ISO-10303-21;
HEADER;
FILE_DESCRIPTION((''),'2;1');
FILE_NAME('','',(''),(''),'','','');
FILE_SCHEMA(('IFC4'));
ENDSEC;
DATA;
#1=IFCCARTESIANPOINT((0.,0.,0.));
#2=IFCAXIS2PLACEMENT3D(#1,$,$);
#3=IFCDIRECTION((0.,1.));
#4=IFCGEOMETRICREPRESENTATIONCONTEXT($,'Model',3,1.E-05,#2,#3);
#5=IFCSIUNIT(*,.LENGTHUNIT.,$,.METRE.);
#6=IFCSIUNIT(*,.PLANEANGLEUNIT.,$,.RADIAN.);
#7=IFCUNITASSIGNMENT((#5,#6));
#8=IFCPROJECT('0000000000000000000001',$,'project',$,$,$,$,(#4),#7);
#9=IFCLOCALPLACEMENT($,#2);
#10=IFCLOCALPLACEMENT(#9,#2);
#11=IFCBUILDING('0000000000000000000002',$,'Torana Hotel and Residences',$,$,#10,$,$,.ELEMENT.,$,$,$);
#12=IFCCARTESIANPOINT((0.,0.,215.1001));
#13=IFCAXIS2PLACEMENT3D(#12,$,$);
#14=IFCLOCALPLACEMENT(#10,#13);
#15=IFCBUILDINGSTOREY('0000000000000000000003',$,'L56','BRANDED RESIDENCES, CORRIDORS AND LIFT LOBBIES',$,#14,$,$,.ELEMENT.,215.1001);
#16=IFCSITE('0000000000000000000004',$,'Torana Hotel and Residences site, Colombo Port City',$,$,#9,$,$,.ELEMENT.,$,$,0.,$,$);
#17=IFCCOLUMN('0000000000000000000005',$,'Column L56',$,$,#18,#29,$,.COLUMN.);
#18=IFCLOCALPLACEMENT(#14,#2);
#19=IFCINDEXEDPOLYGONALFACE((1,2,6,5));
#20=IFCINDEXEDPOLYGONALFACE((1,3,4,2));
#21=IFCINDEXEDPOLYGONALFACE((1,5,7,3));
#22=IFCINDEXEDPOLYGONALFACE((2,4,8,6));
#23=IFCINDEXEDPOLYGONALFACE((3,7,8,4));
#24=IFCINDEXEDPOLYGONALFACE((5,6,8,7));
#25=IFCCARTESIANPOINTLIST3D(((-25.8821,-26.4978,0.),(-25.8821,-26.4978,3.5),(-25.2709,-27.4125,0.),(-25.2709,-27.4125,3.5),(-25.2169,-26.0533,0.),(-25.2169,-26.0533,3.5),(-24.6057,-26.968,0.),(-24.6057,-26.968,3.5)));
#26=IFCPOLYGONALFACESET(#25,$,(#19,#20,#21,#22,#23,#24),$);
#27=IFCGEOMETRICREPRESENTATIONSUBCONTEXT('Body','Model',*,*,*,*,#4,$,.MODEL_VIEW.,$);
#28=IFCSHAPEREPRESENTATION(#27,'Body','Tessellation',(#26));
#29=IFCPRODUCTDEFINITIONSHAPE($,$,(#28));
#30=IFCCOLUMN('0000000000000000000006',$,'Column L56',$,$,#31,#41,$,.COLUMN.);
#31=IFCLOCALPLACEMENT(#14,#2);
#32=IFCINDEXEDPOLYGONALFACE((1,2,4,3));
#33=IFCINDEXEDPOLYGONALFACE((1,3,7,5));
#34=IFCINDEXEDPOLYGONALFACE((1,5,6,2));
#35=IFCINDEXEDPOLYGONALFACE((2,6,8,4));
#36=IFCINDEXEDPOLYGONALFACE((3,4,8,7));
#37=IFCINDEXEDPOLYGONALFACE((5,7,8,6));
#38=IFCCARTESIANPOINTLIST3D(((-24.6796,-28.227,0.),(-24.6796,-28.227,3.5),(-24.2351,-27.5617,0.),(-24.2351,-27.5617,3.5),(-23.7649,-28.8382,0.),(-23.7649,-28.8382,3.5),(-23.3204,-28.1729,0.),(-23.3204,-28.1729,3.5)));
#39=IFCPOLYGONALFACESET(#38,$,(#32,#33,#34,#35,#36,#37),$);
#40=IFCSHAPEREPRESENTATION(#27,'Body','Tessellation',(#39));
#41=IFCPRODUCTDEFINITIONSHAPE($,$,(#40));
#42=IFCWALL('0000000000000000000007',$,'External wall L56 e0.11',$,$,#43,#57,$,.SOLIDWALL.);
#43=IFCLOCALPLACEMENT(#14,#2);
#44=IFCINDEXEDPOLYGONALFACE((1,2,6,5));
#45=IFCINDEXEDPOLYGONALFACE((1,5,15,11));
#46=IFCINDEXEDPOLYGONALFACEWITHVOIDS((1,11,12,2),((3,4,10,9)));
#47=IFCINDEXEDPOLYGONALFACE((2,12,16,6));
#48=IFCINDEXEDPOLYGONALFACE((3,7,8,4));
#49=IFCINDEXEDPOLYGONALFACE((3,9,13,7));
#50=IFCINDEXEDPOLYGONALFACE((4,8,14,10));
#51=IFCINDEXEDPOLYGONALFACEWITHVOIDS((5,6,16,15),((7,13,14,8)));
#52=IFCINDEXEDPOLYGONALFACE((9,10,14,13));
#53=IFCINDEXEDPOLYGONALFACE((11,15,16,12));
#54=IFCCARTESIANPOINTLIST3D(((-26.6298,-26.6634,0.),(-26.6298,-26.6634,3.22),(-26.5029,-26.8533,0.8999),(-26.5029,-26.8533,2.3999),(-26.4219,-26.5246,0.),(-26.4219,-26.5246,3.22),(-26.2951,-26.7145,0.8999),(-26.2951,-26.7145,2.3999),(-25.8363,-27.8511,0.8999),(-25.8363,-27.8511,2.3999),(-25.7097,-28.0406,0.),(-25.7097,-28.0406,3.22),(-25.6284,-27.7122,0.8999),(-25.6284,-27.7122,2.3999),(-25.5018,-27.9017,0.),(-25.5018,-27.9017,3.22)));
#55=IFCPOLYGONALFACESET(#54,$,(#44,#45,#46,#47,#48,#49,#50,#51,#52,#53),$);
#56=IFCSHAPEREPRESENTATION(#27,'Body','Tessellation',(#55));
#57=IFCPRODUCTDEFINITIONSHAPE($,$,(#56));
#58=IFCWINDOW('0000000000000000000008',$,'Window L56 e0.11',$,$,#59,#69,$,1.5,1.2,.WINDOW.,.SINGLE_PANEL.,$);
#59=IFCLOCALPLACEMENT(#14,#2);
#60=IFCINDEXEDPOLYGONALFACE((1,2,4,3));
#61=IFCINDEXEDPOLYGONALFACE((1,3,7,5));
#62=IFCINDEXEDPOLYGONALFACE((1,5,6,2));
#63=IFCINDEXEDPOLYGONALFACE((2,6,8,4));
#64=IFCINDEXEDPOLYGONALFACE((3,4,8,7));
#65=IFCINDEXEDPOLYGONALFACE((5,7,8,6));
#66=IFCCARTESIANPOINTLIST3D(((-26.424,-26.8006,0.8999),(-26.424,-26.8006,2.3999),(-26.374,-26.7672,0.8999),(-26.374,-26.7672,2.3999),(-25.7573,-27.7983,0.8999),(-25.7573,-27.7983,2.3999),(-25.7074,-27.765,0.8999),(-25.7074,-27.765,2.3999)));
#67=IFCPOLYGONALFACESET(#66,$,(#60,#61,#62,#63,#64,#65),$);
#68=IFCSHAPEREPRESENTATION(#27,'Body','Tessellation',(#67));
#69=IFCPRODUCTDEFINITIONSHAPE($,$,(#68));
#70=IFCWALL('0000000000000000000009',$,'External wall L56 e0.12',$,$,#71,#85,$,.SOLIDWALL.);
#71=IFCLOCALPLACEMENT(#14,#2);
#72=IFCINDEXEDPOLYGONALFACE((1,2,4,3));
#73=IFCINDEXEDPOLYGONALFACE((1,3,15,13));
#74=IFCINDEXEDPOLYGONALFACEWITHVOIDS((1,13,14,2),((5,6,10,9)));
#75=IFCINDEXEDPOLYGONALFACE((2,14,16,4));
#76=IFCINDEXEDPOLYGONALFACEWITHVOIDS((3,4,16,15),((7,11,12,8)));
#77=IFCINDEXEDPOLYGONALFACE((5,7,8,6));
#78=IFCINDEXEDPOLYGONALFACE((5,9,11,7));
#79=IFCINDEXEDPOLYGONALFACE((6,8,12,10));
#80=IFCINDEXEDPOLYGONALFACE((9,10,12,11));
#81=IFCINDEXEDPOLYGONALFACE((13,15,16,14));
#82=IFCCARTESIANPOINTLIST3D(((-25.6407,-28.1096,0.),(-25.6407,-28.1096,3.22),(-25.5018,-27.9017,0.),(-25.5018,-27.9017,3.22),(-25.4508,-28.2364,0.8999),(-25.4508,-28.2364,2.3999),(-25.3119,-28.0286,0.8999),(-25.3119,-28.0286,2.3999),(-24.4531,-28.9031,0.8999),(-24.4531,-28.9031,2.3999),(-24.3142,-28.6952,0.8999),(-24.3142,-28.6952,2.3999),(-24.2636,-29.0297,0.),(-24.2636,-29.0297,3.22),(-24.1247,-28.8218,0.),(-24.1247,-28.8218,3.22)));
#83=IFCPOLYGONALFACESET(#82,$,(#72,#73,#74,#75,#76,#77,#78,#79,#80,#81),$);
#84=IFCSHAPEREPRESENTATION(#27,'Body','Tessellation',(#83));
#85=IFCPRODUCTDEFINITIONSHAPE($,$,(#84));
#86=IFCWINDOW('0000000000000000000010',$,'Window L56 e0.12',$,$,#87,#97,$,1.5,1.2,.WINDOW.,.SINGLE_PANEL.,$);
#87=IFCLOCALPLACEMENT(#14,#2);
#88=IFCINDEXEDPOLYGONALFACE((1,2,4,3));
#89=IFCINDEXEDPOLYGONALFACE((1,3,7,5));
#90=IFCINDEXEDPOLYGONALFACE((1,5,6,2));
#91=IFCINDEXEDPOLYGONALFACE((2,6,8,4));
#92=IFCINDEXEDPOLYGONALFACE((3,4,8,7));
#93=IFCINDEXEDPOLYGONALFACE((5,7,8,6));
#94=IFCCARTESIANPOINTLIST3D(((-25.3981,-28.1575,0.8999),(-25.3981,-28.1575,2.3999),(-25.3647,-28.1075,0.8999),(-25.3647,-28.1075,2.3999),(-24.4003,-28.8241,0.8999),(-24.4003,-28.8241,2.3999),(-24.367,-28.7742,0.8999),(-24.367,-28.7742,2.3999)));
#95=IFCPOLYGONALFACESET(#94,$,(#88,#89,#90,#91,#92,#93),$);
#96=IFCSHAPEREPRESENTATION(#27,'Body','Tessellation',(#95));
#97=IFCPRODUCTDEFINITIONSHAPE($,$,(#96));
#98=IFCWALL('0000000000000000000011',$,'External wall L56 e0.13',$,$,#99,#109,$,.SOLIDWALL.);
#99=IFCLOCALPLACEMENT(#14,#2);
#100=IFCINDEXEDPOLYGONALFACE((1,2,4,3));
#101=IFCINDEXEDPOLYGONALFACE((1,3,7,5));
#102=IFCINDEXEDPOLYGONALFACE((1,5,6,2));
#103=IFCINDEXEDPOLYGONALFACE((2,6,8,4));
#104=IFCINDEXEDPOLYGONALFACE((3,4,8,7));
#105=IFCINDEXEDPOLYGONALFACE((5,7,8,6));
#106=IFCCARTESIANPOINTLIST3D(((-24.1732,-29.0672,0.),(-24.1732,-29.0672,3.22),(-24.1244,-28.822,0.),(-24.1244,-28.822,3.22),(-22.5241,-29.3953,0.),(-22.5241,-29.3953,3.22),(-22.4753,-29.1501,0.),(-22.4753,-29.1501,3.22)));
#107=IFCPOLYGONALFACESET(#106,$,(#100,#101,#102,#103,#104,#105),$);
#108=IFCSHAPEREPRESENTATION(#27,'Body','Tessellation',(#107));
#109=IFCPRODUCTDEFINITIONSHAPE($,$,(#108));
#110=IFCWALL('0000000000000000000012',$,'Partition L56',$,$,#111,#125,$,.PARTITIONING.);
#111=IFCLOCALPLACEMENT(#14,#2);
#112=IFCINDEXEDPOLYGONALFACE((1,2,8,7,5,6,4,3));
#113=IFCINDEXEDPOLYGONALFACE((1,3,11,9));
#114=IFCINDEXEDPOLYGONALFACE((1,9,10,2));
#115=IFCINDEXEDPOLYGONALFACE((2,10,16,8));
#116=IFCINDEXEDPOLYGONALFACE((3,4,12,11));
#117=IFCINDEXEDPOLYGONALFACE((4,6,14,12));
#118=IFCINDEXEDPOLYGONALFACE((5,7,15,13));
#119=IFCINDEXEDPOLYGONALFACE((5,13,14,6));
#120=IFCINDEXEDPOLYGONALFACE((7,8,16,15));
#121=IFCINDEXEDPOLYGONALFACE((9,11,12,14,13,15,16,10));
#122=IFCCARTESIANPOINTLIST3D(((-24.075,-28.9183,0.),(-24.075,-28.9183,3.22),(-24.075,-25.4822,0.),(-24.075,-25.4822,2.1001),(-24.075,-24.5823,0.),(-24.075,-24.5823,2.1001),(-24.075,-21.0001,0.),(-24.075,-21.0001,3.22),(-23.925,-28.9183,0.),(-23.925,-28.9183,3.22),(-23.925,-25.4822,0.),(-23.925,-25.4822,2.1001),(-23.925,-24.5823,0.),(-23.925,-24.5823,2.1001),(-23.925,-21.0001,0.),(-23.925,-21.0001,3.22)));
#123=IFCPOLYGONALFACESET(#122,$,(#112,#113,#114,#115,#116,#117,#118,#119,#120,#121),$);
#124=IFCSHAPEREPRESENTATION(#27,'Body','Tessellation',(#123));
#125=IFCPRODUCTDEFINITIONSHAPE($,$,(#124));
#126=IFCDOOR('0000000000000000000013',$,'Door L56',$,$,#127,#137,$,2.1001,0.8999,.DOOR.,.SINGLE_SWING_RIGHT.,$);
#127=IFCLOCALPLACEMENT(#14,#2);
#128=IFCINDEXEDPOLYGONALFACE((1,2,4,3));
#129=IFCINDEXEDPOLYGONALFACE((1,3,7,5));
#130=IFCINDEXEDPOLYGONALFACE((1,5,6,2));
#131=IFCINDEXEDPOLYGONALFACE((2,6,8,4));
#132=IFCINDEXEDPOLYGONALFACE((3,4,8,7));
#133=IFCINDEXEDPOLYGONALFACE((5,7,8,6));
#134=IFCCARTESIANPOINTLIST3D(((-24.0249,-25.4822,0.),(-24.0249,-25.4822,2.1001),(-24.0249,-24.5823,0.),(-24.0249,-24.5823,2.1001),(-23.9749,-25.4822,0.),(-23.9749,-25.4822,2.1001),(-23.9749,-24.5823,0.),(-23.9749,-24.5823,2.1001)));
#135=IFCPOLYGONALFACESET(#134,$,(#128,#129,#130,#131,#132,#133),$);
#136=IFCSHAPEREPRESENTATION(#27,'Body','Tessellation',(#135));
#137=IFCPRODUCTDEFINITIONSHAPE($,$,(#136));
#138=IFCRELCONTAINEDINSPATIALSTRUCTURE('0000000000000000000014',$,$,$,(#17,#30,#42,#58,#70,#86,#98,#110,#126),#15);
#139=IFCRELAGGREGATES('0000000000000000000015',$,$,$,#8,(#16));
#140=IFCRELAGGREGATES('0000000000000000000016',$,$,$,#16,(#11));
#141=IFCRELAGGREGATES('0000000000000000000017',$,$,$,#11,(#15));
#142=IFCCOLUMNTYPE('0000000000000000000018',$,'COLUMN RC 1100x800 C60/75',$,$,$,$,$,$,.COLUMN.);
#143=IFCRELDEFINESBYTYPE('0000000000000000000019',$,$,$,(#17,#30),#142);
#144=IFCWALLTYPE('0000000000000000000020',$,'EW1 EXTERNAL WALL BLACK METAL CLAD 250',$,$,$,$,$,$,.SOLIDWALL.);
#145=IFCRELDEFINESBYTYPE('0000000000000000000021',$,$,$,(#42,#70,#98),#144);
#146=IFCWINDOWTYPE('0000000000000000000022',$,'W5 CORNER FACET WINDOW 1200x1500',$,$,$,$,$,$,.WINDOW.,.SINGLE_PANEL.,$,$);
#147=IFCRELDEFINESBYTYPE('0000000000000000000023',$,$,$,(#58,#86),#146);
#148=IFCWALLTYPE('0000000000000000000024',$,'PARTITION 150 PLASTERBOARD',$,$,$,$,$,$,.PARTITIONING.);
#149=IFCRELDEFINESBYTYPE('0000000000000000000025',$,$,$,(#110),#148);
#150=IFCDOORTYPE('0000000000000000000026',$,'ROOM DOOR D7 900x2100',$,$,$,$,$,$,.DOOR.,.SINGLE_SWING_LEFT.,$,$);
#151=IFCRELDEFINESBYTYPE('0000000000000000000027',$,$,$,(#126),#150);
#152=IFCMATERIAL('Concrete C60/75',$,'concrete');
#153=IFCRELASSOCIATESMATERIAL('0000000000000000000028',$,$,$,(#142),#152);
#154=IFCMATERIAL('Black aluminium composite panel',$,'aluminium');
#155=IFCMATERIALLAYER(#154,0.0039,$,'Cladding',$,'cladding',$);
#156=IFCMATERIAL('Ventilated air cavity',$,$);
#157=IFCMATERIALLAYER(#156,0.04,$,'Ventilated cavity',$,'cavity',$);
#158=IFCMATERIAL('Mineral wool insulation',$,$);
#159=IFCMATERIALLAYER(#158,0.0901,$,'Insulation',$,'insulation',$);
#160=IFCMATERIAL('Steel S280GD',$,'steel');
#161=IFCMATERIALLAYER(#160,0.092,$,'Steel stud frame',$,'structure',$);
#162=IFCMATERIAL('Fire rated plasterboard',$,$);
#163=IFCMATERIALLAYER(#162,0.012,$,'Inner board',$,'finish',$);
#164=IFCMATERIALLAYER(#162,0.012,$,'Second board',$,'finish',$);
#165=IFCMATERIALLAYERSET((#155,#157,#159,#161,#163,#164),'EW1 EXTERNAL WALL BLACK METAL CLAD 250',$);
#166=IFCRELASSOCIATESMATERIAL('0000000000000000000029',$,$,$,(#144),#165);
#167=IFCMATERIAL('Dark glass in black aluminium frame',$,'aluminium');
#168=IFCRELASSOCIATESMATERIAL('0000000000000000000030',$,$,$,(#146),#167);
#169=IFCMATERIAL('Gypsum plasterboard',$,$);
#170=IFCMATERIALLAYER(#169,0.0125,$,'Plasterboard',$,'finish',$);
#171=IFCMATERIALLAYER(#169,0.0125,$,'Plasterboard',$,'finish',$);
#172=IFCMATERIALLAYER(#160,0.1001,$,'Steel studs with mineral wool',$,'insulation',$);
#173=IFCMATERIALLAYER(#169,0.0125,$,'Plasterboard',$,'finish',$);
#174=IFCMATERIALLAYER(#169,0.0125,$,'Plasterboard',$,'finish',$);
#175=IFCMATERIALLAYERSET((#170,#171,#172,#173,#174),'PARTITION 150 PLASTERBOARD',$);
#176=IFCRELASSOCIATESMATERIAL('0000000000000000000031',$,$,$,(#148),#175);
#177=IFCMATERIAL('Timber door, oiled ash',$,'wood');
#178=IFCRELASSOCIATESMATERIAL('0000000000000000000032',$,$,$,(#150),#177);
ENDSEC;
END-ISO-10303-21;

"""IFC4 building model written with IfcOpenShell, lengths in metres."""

from ifc_helpers import new_model, si_unit, direction, frame, frame_2d, origin, origin_2d, place, context, subcontext, project, spatial, rectangle, extrude, material, layer, layer_set, material_profile, profile_set, type_object, element, fill, save


model = new_model("IFC4")

# Units and contexts
model_context = context("Model", 3, precision=1e-05, world=origin(), true_north=direction((0.0, 1.0)))
body_context = subcontext(model_context, "Body", "Model", "MODEL_VIEW")
ifc_project = project(units=[si_unit("LENGTHUNIT", "METRE"), si_unit("PLANEANGLEUNIT", "RADIAN")], contexts=[model_context])

# Site, building, storey
site_placement = place(None, origin())
site = spatial("IfcSite", under=ifc_project, at=site_placement, Name="Torana Hotel and Residences site, Colombo Port City", CompositionType="ELEMENT", RefElevation=0.0)
building_placement = place(site_placement, origin())
building = spatial("IfcBuilding", under=site, at=building_placement, Name="Torana Hotel and Residences", CompositionType="ELEMENT")
storey_placement = place(building_placement, frame((0.0, 0.0, 215.1001)))
storey = spatial("IfcBuildingStorey", under=building, at=storey_placement, Name="L56", Description="BRANDED RESIDENCES, CORRIDORS AND LIFT LOBBIES", CompositionType="ELEMENT", Elevation=215.1001)

# Columns
ifc_material_1 = material(Name="Concrete C60/75", Category="concrete")
ifc_material_profile = material_profile(ifc_material_1, rectangle(XDim=1.1001, YDim=0.8, at=origin_2d()), Name="RC 1100x800")
ifc_profile_set = profile_set([ifc_material_profile], Name="Concrete C60/75")
column_type = type_object("IfcColumnType", Name="COLUMN RC 1100x800 C60/75", PredefinedType="COLUMN", material=ifc_profile_set)
for number, where, z_axis, x_axis, name in (
    (1, (-25.2439, -26.7329, 0.0), (0.0, 0.0, 1.0), (-0.555585, 0.83146, 0.0), "Column L56"),
    (2, (-24.0, -28.2, 0.0), (0.0, 0.0, 1.0), (-0.83146, 0.555585, 0.0), "Column L56"),
):
    element("IfcColumn", number, at=place(storey_placement, frame(where, z_axis=z_axis, x_axis=x_axis)), inside=storey, type_object=column_type, Name=name, PredefinedType="COLUMN", context=body_context, shape_type="SweptSolid", body=[
        extrude(rectangle(XDim=1.1001, YDim=0.8, at=origin_2d()), origin(), (0.0, 0.0, 1.0), 3.5),
    ])

# Walls, openings, windows
ifc_material_2 = material(Name="Black aluminium composite panel", Category="aluminium")
ifc_layer_1 = layer(ifc_material_2, 0.0039, Name="Cladding", Category="cladding")
ifc_material_3 = material(Name="Ventilated air cavity")
ifc_layer_2 = layer(ifc_material_3, 0.04, Name="Ventilated cavity", Category="cavity")
ifc_material_4 = material(Name="Mineral wool insulation")
ifc_layer_3 = layer(ifc_material_4, 0.0901, Name="Insulation", Category="insulation")
ifc_material_5 = material(Name="Steel S280GD", Category="steel")
ifc_layer_4 = layer(ifc_material_5, 0.092, Name="Steel stud frame", Category="structure")
ifc_material_6 = material(Name="Fire rated plasterboard")
ifc_layer_5 = layer(ifc_material_6, 0.012, Name="Inner board", Category="finish")
ifc_layer_6 = layer(ifc_material_6, 0.012, Name="Second board", Category="finish")
ifc_layer_set_1 = layer_set([ifc_layer_1, ifc_layer_2, ifc_layer_3, ifc_layer_4, ifc_layer_5, ifc_layer_6], Name="EW1 EXTERNAL WALL BLACK METAL CLAD 250")
wall_type_1 = type_object("IfcWallType", Name="EW1 EXTERNAL WALL BLACK METAL CLAD 250", PredefinedType="SOLIDWALL", material=ifc_layer_set_1)
wall_1_placement = place(storey_placement, frame((-26.5259, -26.594, 0.0), z_axis=(0.0, 0.0, 1.0), x_axis=(0.55555, -0.831483, 0.0)))
wall_1 = element("IfcWall", 3, at=wall_1_placement, inside=storey, type_object=wall_type_1, Name="External wall L56 e0.11", PredefinedType="SOLIDWALL", context=body_context, shape_type="SweptSolid", body=[
    extrude(rectangle(XDim=1.6562, YDim=0.25, at=frame_2d((0.8281, 0.0))), origin(), (0.0, 0.0, 1.0), 3.22),
])
opening_1_placement = place(wall_1_placement, frame((0.2283, 0.0, 0.8999)))
opening_1 = element("IfcOpeningElement", 4, at=opening_1_placement, cuts=wall_1, PredefinedType="OPENING", context=body_context, shape_type="SweptSolid", body=[
    extrude(rectangle(XDim=1.2, YDim=1.5, at=frame_2d((0.6001, 0.75))), frame((0.0, 0.135, 0.0), z_axis=(0.0, -1.0, 0.0), x_axis=(1.0, 0.0, 0.0)), (0.0, 0.0, 1.0), 0.27),
])
ifc_material_7 = material(Name="Dark glass in black aluminium frame", Category="aluminium")
window_type_1 = type_object("IfcWindowType", Name="W5 CORNER FACET WINDOW 1200x1500", PartitioningType="SINGLE_PANEL", PredefinedType="WINDOW", material=ifc_material_7)
window_1_placement = place(opening_1_placement, origin())
window_1 = element("IfcWindow", 5, at=window_1_placement, inside=storey, type_object=window_type_1, Name="Window L56 e0.11", OverallHeight=1.5, OverallWidth=1.2, PartitioningType="SINGLE_PANEL", PredefinedType="WINDOW", context=body_context, shape_type="SweptSolid", body=[
    extrude(rectangle(XDim=1.2, YDim=1.5, at=frame_2d((0.6001, 0.75))), frame((0.0, 0.03, 0.0), z_axis=(0.0, -1.0, 0.0), x_axis=(1.0, 0.0, 0.0)), (0.0, 0.0, 1.0), 0.0601),
])
fill(opening_1, window_1)
wall_2_placement = place(storey_placement, frame((-25.5713, -28.0056, 0.0), z_axis=(0.0, 0.0, 1.0), x_axis=(0.831483, -0.55555, 0.0)))
wall_2 = element("IfcWall", 6, at=wall_2_placement, inside=storey, type_object=wall_type_1, Name="External wall L56 e0.12", PredefinedType="SOLIDWALL", context=body_context, shape_type="SweptSolid", body=[
    extrude(rectangle(XDim=1.6562, YDim=0.25, at=frame_2d((0.8281, 0.0))), origin(), (0.0, 0.0, 1.0), 3.22),
])
opening_2_placement = place(wall_2_placement, frame((0.2283, 0.0, 0.8999)))
opening_2 = element("IfcOpeningElement", 7, at=opening_2_placement, cuts=wall_2, PredefinedType="OPENING", context=body_context, shape_type="SweptSolid", body=[
    extrude(rectangle(XDim=1.2, YDim=1.5, at=frame_2d((0.6001, 0.75))), frame((0.0, 0.135, 0.0), z_axis=(0.0, -1.0, 0.0), x_axis=(1.0, 0.0, 0.0)), (0.0, 0.0, 1.0), 0.27),
])
window_2_placement = place(opening_2_placement, origin())
window_2 = element("IfcWindow", 8, at=window_2_placement, inside=storey, type_object=window_type_1, Name="Window L56 e0.12", OverallHeight=1.5, OverallWidth=1.2, PartitioningType="SINGLE_PANEL", PredefinedType="WINDOW", context=body_context, shape_type="SweptSolid", body=[
    extrude(rectangle(XDim=1.2, YDim=1.5, at=frame_2d((0.6001, 0.75))), frame((0.0, 0.03, 0.0), z_axis=(0.0, -1.0, 0.0), x_axis=(1.0, 0.0, 0.0)), (0.0, 0.0, 1.0), 0.0601),
])
fill(opening_2, window_2)

# Wall
wall_3_placement = place(storey_placement, frame((-24.1489, -28.9446, 0.0), z_axis=(0.0, 0.0, 1.0), x_axis=(0.980776, -0.195139, 0.0)))
element("IfcWall", 9, at=wall_3_placement, inside=storey, type_object=wall_type_1, Name="External wall L56 e0.13", PredefinedType="SOLIDWALL", context=body_context, shape_type="SweptSolid", body=[
    extrude(rectangle(XDim=1.6814, YDim=0.25, at=frame_2d((0.8408, 0.0))), origin(), (0.0, 0.0, 1.0), 3.22),
])

# Wall, opening, door
ifc_material_8 = material(Name="Gypsum plasterboard")
ifc_layer_7 = layer(ifc_material_8, 0.0125, Name="Plasterboard", Category="finish")
ifc_layer_8 = layer(ifc_material_8, 0.0125, Name="Plasterboard", Category="finish")
ifc_layer_9 = layer(ifc_material_5, 0.1001, Name="Steel studs with mineral wool", Category="insulation")
ifc_layer_10 = layer(ifc_material_8, 0.0125, Name="Plasterboard", Category="finish")
ifc_layer_11 = layer(ifc_material_8, 0.0125, Name="Plasterboard", Category="finish")
ifc_layer_set_2 = layer_set([ifc_layer_7, ifc_layer_8, ifc_layer_9, ifc_layer_10, ifc_layer_11], Name="PARTITION 150 PLASTERBOARD")
wall_type_2 = type_object("IfcWallType", Name="PARTITION 150 PLASTERBOARD", PredefinedType="PARTITIONING", material=ifc_layer_set_2)
wall_4_placement = place(storey_placement, frame((-24.0, -28.9182, 0.0), z_axis=(0.0, 0.0, 1.0), x_axis=(0.0, 1.0, 0.0)))
wall_4 = element("IfcWall", 10, at=wall_4_placement, inside=storey, type_object=wall_type_2, Name="Partition L56", PredefinedType="PARTITIONING", context=body_context, shape_type="SweptSolid", body=[
    extrude(rectangle(XDim=7.9182, YDim=0.1499, at=frame_2d((3.959, 0.0))), origin(), (0.0, 0.0, 1.0), 3.22),
])
opening_3_placement = place(wall_4_placement, frame((3.436, 0.0, 0.0)))
opening_3 = element("IfcOpeningElement", 11, at=opening_3_placement, cuts=wall_4, PredefinedType="OPENING", context=body_context, shape_type="SweptSolid", body=[
    extrude(rectangle(XDim=0.8999, YDim=2.1001, at=frame_2d((0.45, 1.05))), frame((0.0, 0.085, 0.0), z_axis=(0.0, -1.0, 0.0), x_axis=(1.0, 0.0, 0.0)), (0.0, 0.0, 1.0), 0.1699),
])
ifc_material_9 = material(Name="Timber door, oiled ash", Category="wood")
door_type_1 = type_object("IfcDoorType", Name="ROOM DOOR D7 900x2100", OperationType="SINGLE_SWING_LEFT", PredefinedType="DOOR", material=ifc_material_9)
door_1_placement = place(opening_3_placement, origin())
door_1 = element("IfcDoor", 12, at=door_1_placement, inside=storey, type_object=door_type_1, Name="Door L56", OperationType="SINGLE_SWING_RIGHT", OverallHeight=2.1001, OverallWidth=0.8999, PredefinedType="DOOR", context=body_context, shape_type="SweptSolid", body=[
    extrude(rectangle(XDim=0.8999, YDim=2.1001, at=frame_2d((0.45, 1.05))), frame((0.0, 0.0249, 0.0), z_axis=(0.0, -1.0, 0.0), x_axis=(1.0, 0.0, 0.0)), (0.0, 0.0, 1.0), 0.05),
])
fill(opening_3, door_1)

save(model, "model.ifc")
